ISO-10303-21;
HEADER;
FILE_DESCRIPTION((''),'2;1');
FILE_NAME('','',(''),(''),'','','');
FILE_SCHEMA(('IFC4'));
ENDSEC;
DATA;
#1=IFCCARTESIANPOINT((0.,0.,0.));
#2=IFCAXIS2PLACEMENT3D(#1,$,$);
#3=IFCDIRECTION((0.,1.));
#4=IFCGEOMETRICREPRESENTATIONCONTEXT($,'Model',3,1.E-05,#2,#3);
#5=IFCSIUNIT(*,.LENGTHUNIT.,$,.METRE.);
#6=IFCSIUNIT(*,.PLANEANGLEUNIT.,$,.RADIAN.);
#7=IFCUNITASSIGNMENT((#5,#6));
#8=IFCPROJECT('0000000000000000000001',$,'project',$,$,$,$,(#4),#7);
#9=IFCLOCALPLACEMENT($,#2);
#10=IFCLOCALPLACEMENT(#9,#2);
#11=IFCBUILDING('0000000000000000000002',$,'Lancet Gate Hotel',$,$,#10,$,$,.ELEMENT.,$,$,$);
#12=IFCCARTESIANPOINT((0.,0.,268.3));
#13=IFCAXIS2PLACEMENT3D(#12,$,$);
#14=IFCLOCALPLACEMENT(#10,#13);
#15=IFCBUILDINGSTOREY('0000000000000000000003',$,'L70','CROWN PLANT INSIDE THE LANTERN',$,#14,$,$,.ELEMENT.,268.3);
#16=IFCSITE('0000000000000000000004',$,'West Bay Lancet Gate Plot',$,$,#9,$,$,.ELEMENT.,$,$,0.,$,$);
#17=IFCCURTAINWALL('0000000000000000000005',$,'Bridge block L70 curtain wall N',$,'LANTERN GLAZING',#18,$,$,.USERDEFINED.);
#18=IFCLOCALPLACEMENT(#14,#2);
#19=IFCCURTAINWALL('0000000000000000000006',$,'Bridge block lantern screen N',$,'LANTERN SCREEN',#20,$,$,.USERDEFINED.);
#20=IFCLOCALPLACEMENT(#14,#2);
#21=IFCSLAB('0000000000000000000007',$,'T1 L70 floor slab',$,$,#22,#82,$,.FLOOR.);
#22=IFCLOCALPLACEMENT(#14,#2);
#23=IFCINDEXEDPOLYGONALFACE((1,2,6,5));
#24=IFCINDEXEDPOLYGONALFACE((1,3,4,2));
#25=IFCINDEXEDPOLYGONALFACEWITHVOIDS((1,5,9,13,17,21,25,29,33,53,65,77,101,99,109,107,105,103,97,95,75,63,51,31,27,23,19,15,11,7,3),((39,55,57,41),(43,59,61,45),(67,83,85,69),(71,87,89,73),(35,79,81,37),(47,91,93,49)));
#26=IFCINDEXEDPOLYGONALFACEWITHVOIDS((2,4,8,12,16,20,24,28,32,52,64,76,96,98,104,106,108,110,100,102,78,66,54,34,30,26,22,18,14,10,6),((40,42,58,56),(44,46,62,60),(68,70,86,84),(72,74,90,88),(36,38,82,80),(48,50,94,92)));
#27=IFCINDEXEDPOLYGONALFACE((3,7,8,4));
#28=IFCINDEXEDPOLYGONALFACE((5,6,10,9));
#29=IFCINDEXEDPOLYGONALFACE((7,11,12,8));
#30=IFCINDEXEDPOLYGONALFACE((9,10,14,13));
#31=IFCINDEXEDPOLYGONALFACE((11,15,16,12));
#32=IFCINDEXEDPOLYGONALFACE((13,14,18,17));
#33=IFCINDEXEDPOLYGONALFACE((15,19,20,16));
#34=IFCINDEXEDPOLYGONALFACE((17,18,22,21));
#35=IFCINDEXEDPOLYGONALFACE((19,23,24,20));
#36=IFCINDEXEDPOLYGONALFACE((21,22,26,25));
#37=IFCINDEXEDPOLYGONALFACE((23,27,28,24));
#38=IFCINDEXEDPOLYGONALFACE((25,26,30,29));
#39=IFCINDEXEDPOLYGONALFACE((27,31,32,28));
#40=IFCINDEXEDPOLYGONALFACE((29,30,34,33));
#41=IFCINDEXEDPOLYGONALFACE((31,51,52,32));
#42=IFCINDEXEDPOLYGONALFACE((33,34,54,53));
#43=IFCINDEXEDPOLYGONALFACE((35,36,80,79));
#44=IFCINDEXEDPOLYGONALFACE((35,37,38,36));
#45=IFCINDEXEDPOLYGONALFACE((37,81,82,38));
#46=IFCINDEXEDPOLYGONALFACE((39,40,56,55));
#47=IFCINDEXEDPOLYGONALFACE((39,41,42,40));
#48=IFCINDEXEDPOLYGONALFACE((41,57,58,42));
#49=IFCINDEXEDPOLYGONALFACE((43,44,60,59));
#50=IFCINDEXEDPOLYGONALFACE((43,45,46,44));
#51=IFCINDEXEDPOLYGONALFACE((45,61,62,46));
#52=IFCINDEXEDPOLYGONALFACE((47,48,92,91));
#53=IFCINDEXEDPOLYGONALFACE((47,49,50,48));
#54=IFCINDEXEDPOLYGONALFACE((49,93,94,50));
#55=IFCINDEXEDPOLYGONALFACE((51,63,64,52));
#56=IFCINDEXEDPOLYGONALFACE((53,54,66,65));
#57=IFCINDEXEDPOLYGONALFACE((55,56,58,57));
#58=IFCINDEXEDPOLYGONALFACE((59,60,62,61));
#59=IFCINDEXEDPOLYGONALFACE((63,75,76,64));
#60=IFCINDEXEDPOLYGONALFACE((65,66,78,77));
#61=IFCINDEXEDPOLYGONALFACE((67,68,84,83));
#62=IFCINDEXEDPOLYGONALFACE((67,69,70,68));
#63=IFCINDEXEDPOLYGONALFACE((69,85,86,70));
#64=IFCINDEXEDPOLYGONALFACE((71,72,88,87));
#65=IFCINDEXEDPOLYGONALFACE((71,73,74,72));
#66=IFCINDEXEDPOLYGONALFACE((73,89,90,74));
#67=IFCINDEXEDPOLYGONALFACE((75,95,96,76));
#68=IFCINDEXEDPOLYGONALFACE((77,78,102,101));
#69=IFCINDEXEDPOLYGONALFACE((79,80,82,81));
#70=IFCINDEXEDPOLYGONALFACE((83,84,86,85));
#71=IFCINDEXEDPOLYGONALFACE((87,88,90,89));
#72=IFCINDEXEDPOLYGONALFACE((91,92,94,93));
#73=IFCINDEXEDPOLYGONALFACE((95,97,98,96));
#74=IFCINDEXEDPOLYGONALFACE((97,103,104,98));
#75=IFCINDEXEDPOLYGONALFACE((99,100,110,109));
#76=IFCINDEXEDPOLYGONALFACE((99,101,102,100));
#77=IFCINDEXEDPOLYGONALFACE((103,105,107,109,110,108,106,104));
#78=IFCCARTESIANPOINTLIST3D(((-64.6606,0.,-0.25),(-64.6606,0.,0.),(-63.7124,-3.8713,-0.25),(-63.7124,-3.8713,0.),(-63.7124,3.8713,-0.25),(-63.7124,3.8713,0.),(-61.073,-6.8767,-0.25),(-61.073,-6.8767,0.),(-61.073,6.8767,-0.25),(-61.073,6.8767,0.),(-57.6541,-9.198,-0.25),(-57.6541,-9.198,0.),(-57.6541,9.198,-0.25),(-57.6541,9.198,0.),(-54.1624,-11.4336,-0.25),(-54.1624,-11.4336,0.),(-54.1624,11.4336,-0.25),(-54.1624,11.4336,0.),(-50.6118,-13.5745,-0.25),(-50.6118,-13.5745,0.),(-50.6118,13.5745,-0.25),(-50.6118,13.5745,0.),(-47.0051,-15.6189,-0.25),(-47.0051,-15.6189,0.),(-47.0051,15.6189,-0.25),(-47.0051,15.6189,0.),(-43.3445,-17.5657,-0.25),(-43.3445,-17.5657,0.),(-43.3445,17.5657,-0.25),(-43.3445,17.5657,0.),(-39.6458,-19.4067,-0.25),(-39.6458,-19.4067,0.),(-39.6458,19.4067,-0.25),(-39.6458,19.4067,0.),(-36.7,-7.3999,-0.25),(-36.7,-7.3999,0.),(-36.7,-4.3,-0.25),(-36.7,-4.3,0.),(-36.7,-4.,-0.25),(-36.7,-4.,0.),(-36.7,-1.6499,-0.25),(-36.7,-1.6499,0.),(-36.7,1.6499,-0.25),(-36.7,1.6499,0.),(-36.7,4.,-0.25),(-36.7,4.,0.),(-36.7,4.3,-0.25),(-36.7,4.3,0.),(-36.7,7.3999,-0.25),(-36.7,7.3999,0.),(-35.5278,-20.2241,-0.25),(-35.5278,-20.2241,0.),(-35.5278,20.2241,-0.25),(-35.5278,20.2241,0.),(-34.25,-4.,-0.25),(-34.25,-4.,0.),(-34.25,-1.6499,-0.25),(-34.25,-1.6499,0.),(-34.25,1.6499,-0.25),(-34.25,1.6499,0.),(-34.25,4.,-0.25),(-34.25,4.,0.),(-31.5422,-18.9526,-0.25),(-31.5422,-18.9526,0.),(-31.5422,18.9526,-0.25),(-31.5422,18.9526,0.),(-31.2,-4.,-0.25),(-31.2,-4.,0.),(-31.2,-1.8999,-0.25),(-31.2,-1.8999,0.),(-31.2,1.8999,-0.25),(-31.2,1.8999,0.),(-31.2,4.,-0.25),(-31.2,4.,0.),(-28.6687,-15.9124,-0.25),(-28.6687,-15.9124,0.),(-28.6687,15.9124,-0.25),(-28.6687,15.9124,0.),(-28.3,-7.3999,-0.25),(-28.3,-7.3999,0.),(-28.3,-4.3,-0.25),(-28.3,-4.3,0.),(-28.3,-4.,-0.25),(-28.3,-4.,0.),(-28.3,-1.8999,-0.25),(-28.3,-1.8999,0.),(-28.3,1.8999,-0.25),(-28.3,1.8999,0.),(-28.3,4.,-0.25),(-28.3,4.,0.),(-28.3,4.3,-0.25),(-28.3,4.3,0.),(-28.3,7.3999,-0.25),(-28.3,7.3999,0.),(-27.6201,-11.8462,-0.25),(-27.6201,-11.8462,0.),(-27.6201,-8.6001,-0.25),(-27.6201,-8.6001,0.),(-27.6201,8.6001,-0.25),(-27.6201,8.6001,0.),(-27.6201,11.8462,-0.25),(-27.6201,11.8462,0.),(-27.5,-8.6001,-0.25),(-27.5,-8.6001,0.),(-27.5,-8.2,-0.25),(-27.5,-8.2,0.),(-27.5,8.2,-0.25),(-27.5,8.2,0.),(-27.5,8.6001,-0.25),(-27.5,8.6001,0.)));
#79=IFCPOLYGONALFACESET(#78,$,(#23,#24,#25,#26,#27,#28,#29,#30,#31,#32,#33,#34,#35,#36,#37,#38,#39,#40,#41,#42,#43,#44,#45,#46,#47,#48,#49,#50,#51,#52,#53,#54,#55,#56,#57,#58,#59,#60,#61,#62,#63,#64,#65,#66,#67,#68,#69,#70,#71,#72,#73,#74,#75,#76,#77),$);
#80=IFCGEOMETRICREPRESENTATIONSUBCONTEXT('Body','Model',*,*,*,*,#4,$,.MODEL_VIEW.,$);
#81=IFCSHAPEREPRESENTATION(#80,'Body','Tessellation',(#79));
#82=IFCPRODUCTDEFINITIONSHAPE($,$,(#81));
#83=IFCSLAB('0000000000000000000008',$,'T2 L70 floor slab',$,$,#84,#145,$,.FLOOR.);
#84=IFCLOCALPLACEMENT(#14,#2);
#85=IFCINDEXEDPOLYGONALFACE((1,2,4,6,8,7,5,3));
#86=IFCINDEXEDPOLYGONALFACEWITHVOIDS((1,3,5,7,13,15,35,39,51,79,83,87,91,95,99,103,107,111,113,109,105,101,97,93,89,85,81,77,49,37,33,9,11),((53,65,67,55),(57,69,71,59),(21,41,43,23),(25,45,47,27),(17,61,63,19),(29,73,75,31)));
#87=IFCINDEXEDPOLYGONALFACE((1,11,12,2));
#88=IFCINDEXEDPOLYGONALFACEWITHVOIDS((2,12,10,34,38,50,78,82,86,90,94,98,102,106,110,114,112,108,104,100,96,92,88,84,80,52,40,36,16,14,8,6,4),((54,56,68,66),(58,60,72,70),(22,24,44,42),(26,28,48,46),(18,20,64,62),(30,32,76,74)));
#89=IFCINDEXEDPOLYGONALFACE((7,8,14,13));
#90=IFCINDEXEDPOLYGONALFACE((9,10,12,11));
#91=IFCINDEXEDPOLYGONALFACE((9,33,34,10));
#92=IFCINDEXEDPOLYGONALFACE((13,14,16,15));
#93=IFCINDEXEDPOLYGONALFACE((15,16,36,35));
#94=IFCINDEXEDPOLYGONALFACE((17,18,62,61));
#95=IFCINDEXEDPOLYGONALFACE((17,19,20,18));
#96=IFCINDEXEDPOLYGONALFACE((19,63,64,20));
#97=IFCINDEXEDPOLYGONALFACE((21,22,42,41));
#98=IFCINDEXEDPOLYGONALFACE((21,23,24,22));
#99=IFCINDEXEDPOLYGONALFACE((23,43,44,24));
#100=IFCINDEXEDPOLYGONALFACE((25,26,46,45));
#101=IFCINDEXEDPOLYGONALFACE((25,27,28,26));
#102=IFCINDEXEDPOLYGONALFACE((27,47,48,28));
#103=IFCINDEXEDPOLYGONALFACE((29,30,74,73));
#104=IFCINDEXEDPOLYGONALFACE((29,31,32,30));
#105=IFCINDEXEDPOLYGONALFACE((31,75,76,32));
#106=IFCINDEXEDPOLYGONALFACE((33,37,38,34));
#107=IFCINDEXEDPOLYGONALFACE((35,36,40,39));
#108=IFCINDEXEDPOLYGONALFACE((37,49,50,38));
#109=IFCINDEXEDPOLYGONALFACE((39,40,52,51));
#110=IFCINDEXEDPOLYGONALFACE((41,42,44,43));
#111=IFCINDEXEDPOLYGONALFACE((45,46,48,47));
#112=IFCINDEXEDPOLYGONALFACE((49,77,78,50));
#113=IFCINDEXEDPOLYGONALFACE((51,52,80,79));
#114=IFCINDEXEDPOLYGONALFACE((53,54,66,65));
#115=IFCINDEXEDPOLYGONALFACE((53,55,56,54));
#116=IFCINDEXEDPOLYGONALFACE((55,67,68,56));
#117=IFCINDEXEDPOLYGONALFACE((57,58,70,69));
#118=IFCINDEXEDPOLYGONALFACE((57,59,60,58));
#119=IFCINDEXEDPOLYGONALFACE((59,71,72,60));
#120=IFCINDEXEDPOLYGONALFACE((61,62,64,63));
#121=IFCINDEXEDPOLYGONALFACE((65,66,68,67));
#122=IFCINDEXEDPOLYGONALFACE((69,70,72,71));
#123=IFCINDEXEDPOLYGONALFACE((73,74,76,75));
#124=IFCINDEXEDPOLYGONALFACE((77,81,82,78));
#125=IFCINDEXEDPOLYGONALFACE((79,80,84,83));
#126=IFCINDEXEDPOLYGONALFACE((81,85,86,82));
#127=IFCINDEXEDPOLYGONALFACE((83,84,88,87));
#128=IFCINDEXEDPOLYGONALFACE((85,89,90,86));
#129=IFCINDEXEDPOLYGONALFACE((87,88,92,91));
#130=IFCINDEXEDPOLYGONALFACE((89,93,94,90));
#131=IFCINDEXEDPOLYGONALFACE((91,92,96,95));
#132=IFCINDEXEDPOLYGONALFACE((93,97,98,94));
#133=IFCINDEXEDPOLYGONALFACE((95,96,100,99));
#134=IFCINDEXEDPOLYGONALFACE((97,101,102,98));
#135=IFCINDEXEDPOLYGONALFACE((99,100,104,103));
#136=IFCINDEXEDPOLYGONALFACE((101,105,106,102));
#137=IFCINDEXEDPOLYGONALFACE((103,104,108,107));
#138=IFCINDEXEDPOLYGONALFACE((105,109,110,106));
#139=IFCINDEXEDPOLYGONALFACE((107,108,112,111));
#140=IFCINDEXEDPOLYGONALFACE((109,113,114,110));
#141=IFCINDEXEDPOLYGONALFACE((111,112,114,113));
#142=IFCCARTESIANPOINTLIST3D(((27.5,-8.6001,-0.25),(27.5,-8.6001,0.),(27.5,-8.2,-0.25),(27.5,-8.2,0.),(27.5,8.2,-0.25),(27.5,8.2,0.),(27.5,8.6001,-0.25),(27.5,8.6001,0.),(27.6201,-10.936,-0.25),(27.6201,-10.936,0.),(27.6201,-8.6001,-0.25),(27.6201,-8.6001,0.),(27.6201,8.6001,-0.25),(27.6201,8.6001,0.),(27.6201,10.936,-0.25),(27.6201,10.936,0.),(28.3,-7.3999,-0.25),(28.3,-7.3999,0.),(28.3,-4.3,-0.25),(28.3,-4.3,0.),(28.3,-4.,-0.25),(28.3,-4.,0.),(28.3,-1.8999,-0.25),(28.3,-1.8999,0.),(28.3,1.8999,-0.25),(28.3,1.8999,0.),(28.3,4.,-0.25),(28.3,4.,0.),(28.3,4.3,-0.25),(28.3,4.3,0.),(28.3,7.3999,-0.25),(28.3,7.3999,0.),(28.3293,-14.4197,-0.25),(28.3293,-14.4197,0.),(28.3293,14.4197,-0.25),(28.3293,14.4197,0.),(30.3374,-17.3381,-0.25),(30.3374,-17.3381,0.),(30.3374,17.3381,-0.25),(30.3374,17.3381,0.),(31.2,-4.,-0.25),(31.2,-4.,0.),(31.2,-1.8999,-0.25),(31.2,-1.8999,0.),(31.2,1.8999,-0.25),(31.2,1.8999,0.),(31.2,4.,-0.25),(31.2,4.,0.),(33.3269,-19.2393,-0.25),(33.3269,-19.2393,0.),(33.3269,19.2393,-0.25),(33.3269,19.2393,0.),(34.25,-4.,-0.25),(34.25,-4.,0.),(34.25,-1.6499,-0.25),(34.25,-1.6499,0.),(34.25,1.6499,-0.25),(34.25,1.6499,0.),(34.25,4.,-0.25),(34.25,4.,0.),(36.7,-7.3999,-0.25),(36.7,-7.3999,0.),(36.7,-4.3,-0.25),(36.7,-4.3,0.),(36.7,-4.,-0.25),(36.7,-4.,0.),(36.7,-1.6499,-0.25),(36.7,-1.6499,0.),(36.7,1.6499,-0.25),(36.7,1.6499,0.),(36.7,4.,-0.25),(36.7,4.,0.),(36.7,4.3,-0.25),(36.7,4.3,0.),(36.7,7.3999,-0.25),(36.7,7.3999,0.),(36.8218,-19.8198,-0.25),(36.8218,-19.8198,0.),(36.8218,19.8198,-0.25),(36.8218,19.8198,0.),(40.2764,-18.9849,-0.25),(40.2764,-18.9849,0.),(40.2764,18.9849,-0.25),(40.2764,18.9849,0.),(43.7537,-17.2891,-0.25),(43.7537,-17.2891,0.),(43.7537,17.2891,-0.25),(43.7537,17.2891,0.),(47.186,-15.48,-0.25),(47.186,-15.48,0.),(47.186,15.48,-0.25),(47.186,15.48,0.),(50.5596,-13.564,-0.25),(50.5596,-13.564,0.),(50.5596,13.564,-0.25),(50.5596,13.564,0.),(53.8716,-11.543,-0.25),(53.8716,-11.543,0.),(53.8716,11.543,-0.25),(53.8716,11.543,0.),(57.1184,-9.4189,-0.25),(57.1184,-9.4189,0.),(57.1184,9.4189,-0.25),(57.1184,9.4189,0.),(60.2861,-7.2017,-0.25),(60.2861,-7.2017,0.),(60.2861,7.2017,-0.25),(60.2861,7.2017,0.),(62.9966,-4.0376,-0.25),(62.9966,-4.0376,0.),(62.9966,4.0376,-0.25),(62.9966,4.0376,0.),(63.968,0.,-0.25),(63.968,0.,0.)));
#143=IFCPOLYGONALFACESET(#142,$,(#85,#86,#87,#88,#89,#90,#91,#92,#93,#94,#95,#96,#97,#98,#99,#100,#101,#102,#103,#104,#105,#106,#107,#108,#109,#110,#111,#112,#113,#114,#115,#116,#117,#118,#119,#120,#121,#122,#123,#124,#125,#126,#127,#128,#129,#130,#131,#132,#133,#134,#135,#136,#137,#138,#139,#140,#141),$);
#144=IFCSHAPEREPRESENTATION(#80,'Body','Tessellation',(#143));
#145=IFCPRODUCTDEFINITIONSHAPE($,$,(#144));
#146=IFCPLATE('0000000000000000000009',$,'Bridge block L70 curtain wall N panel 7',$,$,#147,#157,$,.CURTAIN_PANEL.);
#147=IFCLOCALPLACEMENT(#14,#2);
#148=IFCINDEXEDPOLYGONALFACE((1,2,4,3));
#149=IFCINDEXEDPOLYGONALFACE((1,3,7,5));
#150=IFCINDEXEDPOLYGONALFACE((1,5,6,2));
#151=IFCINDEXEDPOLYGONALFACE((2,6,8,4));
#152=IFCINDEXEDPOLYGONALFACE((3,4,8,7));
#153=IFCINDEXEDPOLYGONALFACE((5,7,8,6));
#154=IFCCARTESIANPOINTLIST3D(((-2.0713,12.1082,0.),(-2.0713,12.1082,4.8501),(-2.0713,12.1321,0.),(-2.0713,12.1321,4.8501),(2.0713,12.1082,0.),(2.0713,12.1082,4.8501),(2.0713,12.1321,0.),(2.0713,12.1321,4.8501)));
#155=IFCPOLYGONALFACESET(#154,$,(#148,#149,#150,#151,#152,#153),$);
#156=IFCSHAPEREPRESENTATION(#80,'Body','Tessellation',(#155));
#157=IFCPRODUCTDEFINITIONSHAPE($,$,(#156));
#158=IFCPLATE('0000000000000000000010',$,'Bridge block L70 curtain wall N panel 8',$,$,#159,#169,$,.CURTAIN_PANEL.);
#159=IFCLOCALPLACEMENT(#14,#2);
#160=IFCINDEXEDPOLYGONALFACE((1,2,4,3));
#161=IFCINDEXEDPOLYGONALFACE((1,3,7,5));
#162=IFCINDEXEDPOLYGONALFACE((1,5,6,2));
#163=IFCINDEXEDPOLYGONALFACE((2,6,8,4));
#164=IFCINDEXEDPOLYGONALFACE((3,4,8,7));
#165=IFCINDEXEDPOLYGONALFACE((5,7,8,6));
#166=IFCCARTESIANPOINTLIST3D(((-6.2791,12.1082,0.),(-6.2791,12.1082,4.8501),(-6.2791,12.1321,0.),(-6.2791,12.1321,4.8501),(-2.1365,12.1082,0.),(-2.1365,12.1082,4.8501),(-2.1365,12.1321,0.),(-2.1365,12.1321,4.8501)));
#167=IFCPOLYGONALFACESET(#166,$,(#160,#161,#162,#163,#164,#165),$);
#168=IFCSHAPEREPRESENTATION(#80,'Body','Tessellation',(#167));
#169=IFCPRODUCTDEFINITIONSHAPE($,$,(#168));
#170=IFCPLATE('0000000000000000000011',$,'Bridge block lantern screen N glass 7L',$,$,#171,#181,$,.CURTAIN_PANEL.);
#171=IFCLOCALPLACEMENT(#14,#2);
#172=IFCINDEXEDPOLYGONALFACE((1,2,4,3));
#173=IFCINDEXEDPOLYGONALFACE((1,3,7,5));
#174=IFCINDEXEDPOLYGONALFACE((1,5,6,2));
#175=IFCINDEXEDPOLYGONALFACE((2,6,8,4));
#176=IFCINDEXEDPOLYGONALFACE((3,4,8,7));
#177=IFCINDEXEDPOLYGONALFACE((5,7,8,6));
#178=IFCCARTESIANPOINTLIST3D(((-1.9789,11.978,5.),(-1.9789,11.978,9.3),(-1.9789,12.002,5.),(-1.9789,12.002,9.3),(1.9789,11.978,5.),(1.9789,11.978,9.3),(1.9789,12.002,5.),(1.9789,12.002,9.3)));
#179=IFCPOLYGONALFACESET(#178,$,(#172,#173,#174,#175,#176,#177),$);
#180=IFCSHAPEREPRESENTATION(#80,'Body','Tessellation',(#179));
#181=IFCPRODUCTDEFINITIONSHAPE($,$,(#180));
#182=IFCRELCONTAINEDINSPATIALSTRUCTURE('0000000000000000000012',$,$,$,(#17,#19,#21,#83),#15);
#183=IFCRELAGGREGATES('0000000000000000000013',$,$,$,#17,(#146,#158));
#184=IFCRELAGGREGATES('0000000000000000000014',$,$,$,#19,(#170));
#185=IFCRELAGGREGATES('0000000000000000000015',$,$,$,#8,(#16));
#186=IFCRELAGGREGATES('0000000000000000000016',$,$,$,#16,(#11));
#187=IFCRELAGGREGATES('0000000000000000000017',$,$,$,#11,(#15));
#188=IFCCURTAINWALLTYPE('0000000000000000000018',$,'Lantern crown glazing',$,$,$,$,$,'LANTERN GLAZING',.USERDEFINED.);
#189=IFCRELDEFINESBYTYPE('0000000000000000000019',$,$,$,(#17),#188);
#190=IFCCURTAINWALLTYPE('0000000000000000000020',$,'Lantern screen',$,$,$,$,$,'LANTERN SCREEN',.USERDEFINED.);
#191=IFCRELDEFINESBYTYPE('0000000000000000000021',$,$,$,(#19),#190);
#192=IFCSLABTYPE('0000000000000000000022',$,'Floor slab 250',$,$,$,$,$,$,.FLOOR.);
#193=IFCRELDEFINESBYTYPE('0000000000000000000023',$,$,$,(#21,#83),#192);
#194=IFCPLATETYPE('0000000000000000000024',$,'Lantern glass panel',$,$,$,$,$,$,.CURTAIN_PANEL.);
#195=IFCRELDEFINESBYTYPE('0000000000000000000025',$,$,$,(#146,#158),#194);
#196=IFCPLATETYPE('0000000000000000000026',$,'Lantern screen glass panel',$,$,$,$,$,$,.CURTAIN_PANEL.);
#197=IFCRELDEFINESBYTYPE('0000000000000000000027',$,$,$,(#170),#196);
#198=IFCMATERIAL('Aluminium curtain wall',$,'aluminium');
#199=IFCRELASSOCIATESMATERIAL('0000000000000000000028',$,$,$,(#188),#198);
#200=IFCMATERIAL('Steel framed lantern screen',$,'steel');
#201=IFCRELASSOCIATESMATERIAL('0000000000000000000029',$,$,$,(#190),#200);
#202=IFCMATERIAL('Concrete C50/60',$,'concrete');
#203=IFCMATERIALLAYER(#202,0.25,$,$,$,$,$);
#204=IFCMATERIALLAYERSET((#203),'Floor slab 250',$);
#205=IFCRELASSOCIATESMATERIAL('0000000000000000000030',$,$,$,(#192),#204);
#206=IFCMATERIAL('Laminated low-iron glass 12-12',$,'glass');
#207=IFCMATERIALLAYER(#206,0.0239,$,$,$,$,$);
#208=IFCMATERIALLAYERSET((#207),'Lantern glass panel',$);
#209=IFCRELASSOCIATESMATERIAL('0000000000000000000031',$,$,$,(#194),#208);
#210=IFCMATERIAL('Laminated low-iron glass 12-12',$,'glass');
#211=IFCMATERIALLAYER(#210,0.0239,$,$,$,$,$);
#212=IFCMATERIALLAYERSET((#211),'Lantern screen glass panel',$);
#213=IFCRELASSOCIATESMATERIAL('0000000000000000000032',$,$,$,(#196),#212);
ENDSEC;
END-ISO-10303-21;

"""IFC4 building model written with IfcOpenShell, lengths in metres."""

from ifc_helpers import new_model, si_unit, direction, frame, origin, origin_2d, place, context, subcontext, project, spatial, polyline, rectangle, outline, extrude, material, layer, layer_set, type_object, element, aggregate, save


model = new_model("IFC4")

# Units and contexts
model_context = context("Model", 3, precision=1e-05, world=origin(), true_north=direction((0.0, 1.0)))
body_context = subcontext(model_context, "Body", "Model", "MODEL_VIEW")
ifc_project = project(units=[si_unit("LENGTHUNIT", "METRE"), si_unit("PLANEANGLEUNIT", "RADIAN")], contexts=[model_context])

# Site, building, storey
site_placement = place(None, origin())
site = spatial("IfcSite", under=ifc_project, at=site_placement, Name="West Bay Lancet Gate Plot", CompositionType="ELEMENT", RefElevation=0.0)
building_placement = place(site_placement, origin())
building = spatial("IfcBuilding", under=site, at=building_placement, Name="Lancet Gate Hotel", CompositionType="ELEMENT")
storey_placement = place(building_placement, frame((0.0, 0.0, 268.3)))
storey = spatial("IfcBuildingStorey", under=building, at=storey_placement, Name="L70", Description="CROWN PLANT INSIDE THE LANTERN", CompositionType="ELEMENT", Elevation=268.3)

# Curtain wall
ifc_material_1 = material(Name="Aluminium curtain wall", Category="aluminium")
curtain_wall_type_1 = type_object("IfcCurtainWallType", Name="Lantern crown glazing", ElementType="LANTERN GLAZING", PredefinedType="USERDEFINED", material=ifc_material_1)
curtain_wall_1_placement = place(storey_placement, origin())
curtain_wall_1 = element("IfcCurtainWall", 1, at=curtain_wall_1_placement, inside=storey, type_object=curtain_wall_type_1, Name="Bridge block L70 curtain wall N", ObjectType="LANTERN GLAZING", PredefinedType="USERDEFINED")

# Curtain wall
ifc_material_2 = material(Name="Steel framed lantern screen", Category="steel")
curtain_wall_type_2 = type_object("IfcCurtainWallType", Name="Lantern screen", ElementType="LANTERN SCREEN", PredefinedType="USERDEFINED", material=ifc_material_2)
curtain_wall_2_placement = place(storey_placement, origin())
curtain_wall_2 = element("IfcCurtainWall", 2, at=curtain_wall_2_placement, inside=storey, type_object=curtain_wall_type_2, Name="Bridge block lantern screen N", ObjectType="LANTERN SCREEN", PredefinedType="USERDEFINED")

# Slabs
ifc_material_3 = material(Name="Concrete C50/60", Category="concrete")
ifc_layer_1 = layer(ifc_material_3, 0.25)
ifc_layer_set_1 = layer_set([ifc_layer_1], Name="Floor slab 250")
slab_type_1 = type_object("IfcSlabType", Name="Floor slab 250", PredefinedType="FLOOR", material=ifc_layer_set_1)
slab_1_placement = place(storey_placement, frame((0.0, 0.0, -0.25)))
element("IfcSlab", 3, at=slab_1_placement, inside=storey, type_object=slab_type_1, Name="T1 L70 floor slab", PredefinedType="FLOOR", context=body_context, shape_type="SweptSolid", body=[
    extrude(outline(polyline([(-27.6201, 8.6001), (-27.6201, 11.8462), (-28.6687, 15.9124), (-31.5422, 18.9526), (-35.5278, 20.2241), (-39.6458, 19.4067), (-43.3445, 17.5657), (-47.0051, 15.6189), (-50.6118, 13.5745), (-54.1624, 11.4336), (-57.6541, 9.198), (-61.073, 6.8767), (-63.7124, 3.8713), (-64.6606, 0.0), (-63.7124, -3.8713), (-61.073, -6.8767), (-57.6541, -9.198), (-54.1624, -11.4336), (-50.6118, -13.5745), (-47.0051, -15.6189), (-43.3445, -17.5657), (-39.6458, -19.4067), (-35.5278, -20.2241), (-31.5422, -18.9526), (-28.6687, -15.9124), (-27.6201, -11.8462), (-27.6201, -8.6001), (-27.5, -8.6001), (-27.5, -8.2), (-27.5, 8.2), (-27.5, 8.6001), (-27.6201, 8.6001)]), holes=[polyline([(-28.3, 7.3999), (-36.7, 7.3999), (-36.7, 4.3), (-28.3, 4.3), (-28.3, 7.3999)]), polyline([(-28.3, 1.8999), (-28.3, 4.0), (-31.2, 4.0), (-31.2, 1.8999), (-28.3, 1.8999)]), polyline([(-34.25, 1.6499), (-34.25, 4.0), (-36.7, 4.0), (-36.7, 1.6499), (-34.25, 1.6499)]), polyline([(-34.25, -1.6499), (-36.7, -1.6499), (-36.7, -4.0), (-34.25, -4.0), (-34.25, -1.6499)]), polyline([(-28.3, -4.0), (-28.3, -1.8999), (-31.2, -1.8999), (-31.2, -4.0), (-28.3, -4.0)]), polyline([(-28.3, -7.3999), (-28.3, -4.3), (-36.7, -4.3), (-36.7, -7.3999), (-28.3, -7.3999)])]), origin(), (0.0, 0.0, 1.0), 0.25),
])
slab_2_placement = place(storey_placement, frame((0.0, 0.0, -0.25)))
element("IfcSlab", 4, at=slab_2_placement, inside=storey, type_object=slab_type_1, Name="T2 L70 floor slab", PredefinedType="FLOOR", context=body_context, shape_type="SweptSolid", body=[
    extrude(outline(polyline([(27.6201, -8.6001), (27.6201, -10.936), (28.3293, -14.4197), (30.3374, -17.3381), (33.3269, -19.2393), (36.8218, -19.8198), (40.2764, -18.9849), (43.7537, -17.2891), (47.186, -15.48), (50.5596, -13.564), (53.8716, -11.543), (57.1184, -9.4189), (60.2861, -7.2017), (62.9966, -4.0376), (63.968, 0.0), (62.9966, 4.0376), (60.2861, 7.2017), (57.1184, 9.4189), (53.8716, 11.543), (50.5596, 13.564), (47.186, 15.48), (43.7537, 17.2891), (40.2764, 18.9849), (36.8218, 19.8198), (33.3269, 19.2393), (30.3374, 17.3381), (28.3293, 14.4197), (27.6201, 10.936), (27.6201, 8.6001), (27.5, 8.6001), (27.5, 8.2), (27.5, -8.2), (27.5, -8.6001), (27.6201, -8.6001)]), holes=[polyline([(28.3, -7.3999), (36.7, -7.3999), (36.7, -4.3), (28.3, -4.3), (28.3, -7.3999)]), polyline([(28.3, -1.8999), (28.3, -4.0), (31.2, -4.0), (31.2, -1.8999), (28.3, -1.8999)]), polyline([(34.25, -1.6499), (34.25, -4.0), (36.7, -4.0), (36.7, -1.6499), (34.25, -1.6499)]), polyline([(34.25, 1.6499), (36.7, 1.6499), (36.7, 4.0), (34.25, 4.0), (34.25, 1.6499)]), polyline([(28.3, 4.0), (28.3, 1.8999), (31.2, 1.8999), (31.2, 4.0), (28.3, 4.0)]), polyline([(28.3, 7.3999), (28.3, 4.3), (36.7, 4.3), (36.7, 7.3999), (28.3, 7.3999)])]), origin(), (0.0, 0.0, 1.0), 0.25),
])

# Plates
ifc_material_4 = material(Name="Laminated low-iron glass 12-12", Category="glass")
ifc_layer_2 = layer(ifc_material_4, 0.0239)
ifc_layer_set_2 = layer_set([ifc_layer_2], Name="Lantern glass panel")
plate_type_1 = type_object("IfcPlateType", Name="Lantern glass panel", PredefinedType="CURTAIN_PANEL", material=ifc_layer_set_2)
plate_1_placement = place(storey_placement, frame((0.0, 12.1201, 0.0), z_axis=(0.0, 0.0, 1.0), x_axis=(-1.0, 0.0, 0.0)))
plate_1 = element("IfcPlate", 5, at=plate_1_placement, type_object=plate_type_1, Name="Bridge block L70 curtain wall N panel 7", PredefinedType="CURTAIN_PANEL", context=body_context, shape_type="SweptSolid", body=[
    extrude(rectangle(XDim=4.1426, YDim=0.0239, at=origin_2d()), origin(), (0.0, 0.0, 1.0), 4.8501),
])
plate_2_placement = place(storey_placement, frame((-4.2078, 12.1201, 0.0), z_axis=(0.0, 0.0, 1.0), x_axis=(-1.0, 0.0, 0.0)))
plate_2 = element("IfcPlate", 6, at=plate_2_placement, type_object=plate_type_1, Name="Bridge block L70 curtain wall N panel 8", PredefinedType="CURTAIN_PANEL", context=body_context, shape_type="SweptSolid", body=[
    extrude(rectangle(XDim=4.1426, YDim=0.0239, at=origin_2d()), origin(), (0.0, 0.0, 1.0), 4.8501),
])
aggregate(curtain_wall_1, [plate_1, plate_2])
ifc_material_5 = material(Name="Laminated low-iron glass 12-12", Category="glass")
ifc_layer_3 = layer(ifc_material_5, 0.0239)
ifc_layer_set_3 = layer_set([ifc_layer_3], Name="Lantern screen glass panel")
plate_type_2 = type_object("IfcPlateType", Name="Lantern screen glass panel", PredefinedType="CURTAIN_PANEL", material=ifc_layer_set_3)
plate_3_placement = place(storey_placement, frame((0.0, 11.99, 5.0), z_axis=(0.0, 0.0, 1.0), x_axis=(-1.0, 0.0, 0.0)))
plate_3 = element("IfcPlate", 7, at=plate_3_placement, type_object=plate_type_2, Name="Bridge block lantern screen N glass 7L", PredefinedType="CURTAIN_PANEL", context=body_context, shape_type="SweptSolid", body=[
    extrude(rectangle(XDim=3.9578, YDim=0.0239, at=origin_2d()), origin(), (0.0, 0.0, 1.0), 4.3),
])
aggregate(curtain_wall_2, [plate_3])

save(model, "model.ifc")
